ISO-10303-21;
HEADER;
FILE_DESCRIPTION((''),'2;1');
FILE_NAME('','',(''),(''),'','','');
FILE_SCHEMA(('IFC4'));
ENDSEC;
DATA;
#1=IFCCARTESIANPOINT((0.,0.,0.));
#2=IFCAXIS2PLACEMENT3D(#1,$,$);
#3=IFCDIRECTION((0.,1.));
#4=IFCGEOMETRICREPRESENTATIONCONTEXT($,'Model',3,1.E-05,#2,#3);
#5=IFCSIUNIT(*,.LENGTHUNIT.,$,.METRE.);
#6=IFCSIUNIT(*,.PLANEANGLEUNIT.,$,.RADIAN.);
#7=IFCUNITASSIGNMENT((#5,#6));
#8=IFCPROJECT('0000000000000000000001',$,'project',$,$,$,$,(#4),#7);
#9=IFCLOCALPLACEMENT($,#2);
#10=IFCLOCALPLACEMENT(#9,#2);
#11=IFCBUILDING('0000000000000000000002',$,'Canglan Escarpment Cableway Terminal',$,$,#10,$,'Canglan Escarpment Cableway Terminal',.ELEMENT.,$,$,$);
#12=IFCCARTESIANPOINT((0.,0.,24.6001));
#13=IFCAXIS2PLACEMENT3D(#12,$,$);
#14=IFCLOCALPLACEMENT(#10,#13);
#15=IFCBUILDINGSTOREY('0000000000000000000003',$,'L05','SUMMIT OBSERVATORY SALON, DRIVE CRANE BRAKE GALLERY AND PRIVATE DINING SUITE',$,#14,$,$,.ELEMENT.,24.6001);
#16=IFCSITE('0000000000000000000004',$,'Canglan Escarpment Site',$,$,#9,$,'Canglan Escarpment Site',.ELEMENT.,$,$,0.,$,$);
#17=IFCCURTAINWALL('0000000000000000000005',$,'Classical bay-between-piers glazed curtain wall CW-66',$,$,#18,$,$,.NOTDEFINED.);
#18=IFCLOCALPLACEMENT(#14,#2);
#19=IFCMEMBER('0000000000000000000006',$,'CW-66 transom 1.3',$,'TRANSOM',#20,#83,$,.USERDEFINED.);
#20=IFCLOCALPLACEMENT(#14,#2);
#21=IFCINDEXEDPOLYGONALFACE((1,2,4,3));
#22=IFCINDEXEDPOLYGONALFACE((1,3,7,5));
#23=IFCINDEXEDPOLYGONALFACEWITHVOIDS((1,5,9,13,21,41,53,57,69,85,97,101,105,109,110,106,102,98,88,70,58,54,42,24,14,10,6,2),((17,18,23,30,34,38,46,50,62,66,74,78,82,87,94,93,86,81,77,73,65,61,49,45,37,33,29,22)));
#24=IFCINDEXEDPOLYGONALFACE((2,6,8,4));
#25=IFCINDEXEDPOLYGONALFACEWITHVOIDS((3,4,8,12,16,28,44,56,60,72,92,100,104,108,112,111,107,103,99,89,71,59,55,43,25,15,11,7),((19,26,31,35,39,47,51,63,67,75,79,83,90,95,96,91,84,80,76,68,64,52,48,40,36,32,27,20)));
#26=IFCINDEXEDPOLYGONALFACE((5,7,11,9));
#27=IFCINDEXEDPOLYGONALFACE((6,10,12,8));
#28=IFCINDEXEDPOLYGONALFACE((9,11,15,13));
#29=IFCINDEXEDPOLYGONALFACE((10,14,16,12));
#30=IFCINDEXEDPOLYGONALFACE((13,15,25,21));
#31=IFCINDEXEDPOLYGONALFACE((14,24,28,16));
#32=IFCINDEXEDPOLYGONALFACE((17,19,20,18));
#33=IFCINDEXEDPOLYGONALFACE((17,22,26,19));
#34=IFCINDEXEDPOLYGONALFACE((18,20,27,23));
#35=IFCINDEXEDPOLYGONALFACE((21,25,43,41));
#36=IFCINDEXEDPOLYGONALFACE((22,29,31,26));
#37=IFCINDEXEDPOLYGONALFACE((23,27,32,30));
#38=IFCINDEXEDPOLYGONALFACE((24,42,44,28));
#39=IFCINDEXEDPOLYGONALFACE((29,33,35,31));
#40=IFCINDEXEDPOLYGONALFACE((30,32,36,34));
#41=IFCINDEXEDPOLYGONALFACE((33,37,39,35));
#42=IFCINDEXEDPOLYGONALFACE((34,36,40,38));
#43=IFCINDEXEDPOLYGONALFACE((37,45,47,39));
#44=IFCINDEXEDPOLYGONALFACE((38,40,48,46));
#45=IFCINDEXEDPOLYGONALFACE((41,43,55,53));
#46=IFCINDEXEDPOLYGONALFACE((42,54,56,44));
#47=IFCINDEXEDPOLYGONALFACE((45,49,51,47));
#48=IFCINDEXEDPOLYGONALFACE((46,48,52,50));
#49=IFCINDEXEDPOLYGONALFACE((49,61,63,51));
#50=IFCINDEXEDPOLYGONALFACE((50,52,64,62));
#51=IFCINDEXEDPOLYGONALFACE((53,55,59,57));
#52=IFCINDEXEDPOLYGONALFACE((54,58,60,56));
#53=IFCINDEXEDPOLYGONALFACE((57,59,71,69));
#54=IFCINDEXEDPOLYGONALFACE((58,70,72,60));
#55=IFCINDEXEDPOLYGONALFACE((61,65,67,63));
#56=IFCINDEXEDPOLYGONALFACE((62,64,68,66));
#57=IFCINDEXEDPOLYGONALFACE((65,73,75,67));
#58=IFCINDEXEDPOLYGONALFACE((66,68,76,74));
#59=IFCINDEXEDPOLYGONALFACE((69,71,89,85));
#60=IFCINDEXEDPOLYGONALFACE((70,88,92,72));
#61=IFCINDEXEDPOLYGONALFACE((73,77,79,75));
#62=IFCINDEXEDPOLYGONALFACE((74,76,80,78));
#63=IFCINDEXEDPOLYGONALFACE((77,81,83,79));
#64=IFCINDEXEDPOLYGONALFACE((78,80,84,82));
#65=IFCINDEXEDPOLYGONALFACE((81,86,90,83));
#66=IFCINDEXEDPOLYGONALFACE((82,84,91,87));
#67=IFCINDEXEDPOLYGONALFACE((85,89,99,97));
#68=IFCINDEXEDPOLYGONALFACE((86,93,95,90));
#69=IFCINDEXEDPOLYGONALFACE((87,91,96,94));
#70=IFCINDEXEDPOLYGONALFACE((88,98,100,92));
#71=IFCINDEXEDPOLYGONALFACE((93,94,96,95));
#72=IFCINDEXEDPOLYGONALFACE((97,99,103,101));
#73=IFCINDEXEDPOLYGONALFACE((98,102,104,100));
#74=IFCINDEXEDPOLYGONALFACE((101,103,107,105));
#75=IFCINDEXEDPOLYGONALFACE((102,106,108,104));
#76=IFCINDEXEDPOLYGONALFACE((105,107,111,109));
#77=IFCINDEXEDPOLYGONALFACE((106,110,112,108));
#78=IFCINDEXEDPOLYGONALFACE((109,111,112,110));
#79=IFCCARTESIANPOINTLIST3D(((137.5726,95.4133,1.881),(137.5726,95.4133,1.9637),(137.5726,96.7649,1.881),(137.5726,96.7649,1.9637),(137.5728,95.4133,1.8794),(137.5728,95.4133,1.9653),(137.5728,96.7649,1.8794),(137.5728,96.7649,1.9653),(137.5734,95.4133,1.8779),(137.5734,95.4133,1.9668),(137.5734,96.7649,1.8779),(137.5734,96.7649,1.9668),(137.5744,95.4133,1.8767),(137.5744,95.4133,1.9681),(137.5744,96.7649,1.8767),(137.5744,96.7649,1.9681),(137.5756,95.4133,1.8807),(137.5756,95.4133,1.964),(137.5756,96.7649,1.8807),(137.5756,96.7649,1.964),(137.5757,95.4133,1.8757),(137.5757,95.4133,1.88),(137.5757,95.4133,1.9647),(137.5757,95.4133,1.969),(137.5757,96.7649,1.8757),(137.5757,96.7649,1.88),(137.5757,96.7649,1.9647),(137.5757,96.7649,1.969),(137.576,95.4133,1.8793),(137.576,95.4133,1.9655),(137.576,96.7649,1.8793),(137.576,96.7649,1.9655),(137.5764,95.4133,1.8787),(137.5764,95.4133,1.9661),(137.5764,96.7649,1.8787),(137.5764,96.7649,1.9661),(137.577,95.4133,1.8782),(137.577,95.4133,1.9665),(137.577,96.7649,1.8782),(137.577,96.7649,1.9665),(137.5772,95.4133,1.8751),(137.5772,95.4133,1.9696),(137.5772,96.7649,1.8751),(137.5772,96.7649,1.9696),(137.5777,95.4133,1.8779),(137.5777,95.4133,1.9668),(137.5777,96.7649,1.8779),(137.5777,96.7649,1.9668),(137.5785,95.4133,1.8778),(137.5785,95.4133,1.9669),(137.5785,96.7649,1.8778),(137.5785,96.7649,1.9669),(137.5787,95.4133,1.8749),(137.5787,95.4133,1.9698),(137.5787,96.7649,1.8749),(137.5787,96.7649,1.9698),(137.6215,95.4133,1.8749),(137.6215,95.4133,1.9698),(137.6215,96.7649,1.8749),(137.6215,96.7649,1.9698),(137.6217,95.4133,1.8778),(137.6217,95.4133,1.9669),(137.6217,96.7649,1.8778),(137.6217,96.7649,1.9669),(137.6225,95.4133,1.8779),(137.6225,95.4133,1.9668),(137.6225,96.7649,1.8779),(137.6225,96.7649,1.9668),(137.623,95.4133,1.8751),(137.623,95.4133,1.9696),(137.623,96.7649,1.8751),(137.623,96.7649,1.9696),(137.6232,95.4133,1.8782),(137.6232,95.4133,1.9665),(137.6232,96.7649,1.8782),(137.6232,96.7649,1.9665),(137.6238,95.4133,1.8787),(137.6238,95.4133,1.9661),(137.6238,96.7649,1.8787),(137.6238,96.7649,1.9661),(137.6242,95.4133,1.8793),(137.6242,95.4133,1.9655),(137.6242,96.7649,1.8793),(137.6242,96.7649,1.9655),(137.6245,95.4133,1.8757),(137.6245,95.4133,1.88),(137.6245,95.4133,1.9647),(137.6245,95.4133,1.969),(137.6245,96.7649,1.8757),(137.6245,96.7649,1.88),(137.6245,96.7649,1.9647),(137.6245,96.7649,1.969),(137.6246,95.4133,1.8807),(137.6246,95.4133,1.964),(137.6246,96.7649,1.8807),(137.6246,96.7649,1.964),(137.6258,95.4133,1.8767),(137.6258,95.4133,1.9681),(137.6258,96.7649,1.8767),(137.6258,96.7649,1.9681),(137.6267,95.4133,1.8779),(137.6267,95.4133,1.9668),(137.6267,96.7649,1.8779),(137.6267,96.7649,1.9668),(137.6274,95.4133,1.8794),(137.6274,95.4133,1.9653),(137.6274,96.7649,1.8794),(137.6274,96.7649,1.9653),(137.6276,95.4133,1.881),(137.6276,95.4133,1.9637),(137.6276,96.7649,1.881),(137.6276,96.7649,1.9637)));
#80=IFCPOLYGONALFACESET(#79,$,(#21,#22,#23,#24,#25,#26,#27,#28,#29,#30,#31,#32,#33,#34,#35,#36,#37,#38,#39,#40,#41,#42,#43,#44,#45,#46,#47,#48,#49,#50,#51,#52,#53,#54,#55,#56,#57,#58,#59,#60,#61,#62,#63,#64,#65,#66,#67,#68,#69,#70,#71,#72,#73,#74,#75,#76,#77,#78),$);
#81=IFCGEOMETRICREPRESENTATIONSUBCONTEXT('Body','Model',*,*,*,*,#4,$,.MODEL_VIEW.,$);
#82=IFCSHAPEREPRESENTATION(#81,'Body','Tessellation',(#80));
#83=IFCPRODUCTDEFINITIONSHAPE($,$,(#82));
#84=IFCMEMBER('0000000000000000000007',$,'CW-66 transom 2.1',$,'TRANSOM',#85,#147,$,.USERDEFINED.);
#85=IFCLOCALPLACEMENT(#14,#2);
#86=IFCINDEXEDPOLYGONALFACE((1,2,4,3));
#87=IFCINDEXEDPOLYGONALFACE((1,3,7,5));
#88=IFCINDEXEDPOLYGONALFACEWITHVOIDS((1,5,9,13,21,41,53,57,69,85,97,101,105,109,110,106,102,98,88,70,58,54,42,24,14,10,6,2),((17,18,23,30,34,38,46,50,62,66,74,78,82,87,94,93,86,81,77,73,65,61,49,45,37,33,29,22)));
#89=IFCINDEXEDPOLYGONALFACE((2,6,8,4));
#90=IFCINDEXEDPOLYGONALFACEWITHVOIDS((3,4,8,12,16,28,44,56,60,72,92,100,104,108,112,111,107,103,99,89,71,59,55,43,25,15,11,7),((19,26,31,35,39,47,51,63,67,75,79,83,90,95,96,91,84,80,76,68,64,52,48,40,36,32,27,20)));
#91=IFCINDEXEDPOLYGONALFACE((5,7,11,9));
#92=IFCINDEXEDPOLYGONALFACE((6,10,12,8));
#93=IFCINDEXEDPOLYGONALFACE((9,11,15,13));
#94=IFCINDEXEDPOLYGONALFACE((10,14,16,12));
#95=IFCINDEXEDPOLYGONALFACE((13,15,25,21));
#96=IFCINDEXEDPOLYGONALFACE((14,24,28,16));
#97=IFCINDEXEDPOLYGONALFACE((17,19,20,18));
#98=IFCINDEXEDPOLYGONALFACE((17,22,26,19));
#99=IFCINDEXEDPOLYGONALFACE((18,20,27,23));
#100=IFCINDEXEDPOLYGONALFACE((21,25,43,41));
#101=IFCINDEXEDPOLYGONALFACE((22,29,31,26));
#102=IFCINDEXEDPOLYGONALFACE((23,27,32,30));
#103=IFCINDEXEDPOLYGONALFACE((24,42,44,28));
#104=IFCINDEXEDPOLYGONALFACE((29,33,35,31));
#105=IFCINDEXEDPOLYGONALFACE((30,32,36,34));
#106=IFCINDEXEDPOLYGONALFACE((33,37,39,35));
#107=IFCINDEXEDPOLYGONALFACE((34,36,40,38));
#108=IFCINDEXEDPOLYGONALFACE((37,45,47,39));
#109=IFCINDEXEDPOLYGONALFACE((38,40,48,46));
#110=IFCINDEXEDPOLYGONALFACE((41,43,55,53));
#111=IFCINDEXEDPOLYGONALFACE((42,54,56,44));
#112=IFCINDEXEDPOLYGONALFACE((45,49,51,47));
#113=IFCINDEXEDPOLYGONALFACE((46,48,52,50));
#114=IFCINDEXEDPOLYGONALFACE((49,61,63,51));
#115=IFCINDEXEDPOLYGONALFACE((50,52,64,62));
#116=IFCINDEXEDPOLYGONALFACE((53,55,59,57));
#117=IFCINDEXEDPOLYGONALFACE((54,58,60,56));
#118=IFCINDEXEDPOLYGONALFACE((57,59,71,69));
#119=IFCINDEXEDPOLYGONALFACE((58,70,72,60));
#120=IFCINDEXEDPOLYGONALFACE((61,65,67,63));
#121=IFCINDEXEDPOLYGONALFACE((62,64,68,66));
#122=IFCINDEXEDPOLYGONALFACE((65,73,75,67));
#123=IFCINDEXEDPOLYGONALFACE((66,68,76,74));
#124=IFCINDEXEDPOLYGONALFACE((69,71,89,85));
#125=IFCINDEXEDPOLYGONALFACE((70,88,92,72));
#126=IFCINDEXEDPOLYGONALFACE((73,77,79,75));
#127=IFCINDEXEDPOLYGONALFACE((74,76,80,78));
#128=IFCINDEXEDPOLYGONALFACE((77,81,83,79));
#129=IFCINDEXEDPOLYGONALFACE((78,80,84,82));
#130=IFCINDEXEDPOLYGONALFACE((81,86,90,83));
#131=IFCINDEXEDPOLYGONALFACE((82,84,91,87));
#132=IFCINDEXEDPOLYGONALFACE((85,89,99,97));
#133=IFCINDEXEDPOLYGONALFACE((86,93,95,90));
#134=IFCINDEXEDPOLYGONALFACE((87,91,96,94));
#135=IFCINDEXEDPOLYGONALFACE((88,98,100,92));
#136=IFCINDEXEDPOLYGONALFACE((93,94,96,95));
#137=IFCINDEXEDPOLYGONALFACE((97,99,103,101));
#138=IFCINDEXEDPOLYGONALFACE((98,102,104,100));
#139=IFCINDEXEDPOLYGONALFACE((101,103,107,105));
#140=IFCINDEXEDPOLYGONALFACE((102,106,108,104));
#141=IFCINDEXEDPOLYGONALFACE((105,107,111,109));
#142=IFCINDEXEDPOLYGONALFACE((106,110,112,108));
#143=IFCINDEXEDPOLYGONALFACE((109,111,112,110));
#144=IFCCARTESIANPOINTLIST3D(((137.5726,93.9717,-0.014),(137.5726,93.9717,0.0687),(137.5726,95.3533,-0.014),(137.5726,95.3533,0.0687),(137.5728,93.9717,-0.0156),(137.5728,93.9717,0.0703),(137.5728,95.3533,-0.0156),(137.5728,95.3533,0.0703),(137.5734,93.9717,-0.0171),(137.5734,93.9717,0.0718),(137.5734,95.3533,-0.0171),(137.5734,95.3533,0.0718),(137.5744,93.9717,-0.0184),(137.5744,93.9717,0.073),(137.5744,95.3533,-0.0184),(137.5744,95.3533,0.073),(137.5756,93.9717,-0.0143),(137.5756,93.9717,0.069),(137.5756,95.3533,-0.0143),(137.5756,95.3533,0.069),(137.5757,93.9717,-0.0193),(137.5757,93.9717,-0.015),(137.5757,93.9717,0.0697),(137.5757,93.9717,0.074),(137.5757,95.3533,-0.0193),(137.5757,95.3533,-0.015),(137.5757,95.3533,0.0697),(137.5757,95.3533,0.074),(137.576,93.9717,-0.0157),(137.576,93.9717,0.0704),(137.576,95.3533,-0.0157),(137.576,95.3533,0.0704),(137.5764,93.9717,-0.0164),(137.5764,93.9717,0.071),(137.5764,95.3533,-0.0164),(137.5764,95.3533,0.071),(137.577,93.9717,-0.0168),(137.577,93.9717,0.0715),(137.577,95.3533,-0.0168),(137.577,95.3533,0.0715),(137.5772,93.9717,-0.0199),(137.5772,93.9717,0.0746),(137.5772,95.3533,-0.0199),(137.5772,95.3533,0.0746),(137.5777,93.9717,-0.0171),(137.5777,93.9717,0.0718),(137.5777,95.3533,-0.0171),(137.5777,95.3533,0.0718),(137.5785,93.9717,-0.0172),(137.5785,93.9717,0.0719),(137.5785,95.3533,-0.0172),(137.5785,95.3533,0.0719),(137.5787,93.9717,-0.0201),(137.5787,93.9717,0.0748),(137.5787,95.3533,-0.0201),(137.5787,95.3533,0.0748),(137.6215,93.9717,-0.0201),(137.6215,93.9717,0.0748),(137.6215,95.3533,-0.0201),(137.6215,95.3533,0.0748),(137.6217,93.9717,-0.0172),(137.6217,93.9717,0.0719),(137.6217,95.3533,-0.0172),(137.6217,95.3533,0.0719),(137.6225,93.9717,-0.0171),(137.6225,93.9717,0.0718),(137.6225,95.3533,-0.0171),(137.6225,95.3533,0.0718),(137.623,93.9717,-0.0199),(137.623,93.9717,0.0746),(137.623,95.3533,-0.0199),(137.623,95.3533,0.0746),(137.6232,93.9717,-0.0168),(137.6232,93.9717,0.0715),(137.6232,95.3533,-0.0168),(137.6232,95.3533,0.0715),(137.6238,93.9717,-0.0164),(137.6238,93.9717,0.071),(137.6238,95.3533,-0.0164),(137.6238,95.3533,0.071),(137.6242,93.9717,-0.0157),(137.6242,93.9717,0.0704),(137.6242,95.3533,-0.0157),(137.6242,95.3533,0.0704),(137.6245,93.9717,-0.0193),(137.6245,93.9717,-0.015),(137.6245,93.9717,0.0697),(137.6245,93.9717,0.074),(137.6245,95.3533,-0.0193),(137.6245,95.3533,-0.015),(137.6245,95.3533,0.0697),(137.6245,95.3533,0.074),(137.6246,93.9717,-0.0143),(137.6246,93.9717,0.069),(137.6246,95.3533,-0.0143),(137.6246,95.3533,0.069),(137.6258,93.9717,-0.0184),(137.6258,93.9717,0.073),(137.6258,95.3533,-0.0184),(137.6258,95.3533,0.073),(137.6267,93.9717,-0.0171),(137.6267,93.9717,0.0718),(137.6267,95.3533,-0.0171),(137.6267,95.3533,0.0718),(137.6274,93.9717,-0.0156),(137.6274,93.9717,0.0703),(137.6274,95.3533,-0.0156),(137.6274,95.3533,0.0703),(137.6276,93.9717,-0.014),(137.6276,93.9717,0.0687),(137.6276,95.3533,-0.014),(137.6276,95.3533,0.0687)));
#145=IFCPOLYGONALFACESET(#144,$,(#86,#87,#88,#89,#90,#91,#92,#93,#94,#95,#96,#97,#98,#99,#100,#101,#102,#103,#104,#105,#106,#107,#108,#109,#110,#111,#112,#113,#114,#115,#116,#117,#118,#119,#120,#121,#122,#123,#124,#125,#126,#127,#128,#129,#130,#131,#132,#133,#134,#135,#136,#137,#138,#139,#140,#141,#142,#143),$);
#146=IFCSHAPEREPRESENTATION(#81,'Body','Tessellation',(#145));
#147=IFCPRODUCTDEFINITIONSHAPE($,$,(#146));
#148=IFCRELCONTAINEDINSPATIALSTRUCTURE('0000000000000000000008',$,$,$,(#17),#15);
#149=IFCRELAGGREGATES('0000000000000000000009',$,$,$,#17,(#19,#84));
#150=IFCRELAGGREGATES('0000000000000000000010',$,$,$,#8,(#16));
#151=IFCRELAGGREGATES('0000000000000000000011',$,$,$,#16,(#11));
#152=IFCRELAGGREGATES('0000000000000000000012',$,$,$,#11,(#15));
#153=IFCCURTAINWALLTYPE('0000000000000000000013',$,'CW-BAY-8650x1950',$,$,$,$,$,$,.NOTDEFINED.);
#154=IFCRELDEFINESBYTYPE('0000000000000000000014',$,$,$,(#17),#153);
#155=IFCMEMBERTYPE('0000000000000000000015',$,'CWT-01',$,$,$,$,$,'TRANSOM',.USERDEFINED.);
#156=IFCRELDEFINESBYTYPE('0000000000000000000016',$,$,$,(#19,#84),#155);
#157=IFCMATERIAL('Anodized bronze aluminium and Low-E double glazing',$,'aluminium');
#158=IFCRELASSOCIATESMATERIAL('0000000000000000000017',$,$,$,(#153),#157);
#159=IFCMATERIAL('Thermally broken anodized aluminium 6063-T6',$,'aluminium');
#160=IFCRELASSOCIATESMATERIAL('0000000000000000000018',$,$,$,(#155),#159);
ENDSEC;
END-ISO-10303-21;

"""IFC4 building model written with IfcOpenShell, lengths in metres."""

from ifc_helpers import new_model, si_unit, direction, frame, origin, origin_2d, place, context, subcontext, project, spatial, hollow_rectangle, extrude, material, material_profile, profile_set, type_object, element, aggregate, save


model = new_model("IFC4")

# Units and contexts
model_context = context("Model", 3, precision=1e-05, world=origin(), true_north=direction((0.0, 1.0)))
body_context = subcontext(model_context, "Body", "Model", "MODEL_VIEW")
ifc_project = project(units=[si_unit("LENGTHUNIT", "METRE"), si_unit("PLANEANGLEUNIT", "RADIAN")], contexts=[model_context])

# Site, building, storey
site_placement = place(None, origin())
site = spatial("IfcSite", under=ifc_project, at=site_placement, Name="Canglan Escarpment Site", LongName="Canglan Escarpment Site", CompositionType="ELEMENT", RefElevation=0.0)
building_placement = place(site_placement, origin())
building = spatial("IfcBuilding", under=site, at=building_placement, Name="Canglan Escarpment Cableway Terminal", LongName="Canglan Escarpment Cableway Terminal", CompositionType="ELEMENT")
storey_placement = place(building_placement, frame((0.0, 0.0, 24.6001)))
storey = spatial("IfcBuildingStorey", under=building, at=storey_placement, Name="L05", Description="SUMMIT OBSERVATORY SALON, DRIVE CRANE BRAKE GALLERY AND PRIVATE DINING SUITE", CompositionType="ELEMENT", Elevation=24.6001)

# Curtain wall, members
ifc_material_1 = material(Name="Anodized bronze aluminium and Low-E double glazing", Category="aluminium")
curtain_wall_type = type_object("IfcCurtainWallType", Name="CW-BAY-8650x1950", PredefinedType="NOTDEFINED", material=ifc_material_1)
curtain_wall_placement = place(storey_placement, origin())
curtain_wall = element("IfcCurtainWall", 1, at=curtain_wall_placement, inside=storey, type_object=curtain_wall_type, Name="Classical bay-between-piers glazed curtain wall CW-66", PredefinedType="NOTDEFINED")
ifc_material_2 = material(Name="Thermally broken anodized aluminium 6063-T6", Category="aluminium")
ifc_material_profile_1 = material_profile(ifc_material_2, hollow_rectangle(XDim=0.0549, YDim=0.095, WallThickness=0.0029, InnerFilletRadius=0.0029, OuterFilletRadius=0.0061, at=origin_2d()), Name="ALU-TRAN 55x95x3")
ifc_profile_set_1 = profile_set([ifc_material_profile_1], Name="Thermally broken anodized aluminium 6063-T6")
member_type_1 = type_object("IfcMemberType", Name="CWT-01", ElementType="TRANSOM", PredefinedType="USERDEFINED", material=ifc_profile_set_1)
member_1_placement = place(storey_placement, frame((137.6001, 96.7649, 1.9224), z_axis=(0.0, -1.0, 0.0), x_axis=(1.0, 0.0, 0.0)))
member_1 = element("IfcMember", 2, at=member_1_placement, type_object=member_type_1, Name="CW-66 transom 1.3", ObjectType="TRANSOM", PredefinedType="USERDEFINED", context=body_context, shape_type="SweptSolid", body=[
    extrude(hollow_rectangle(XDim=0.0549, YDim=0.095, WallThickness=0.0029, InnerFilletRadius=0.0029, OuterFilletRadius=0.0061, at=origin_2d()), origin(), (0.0, 0.0, 1.0), 1.3516),
])
member_2_placement = place(storey_placement, frame((137.6001, 95.3533, 0.0273), z_axis=(0.0, -1.0, 0.0), x_axis=(1.0, 0.0, 0.0)))
member_2 = element("IfcMember", 3, at=member_2_placement, type_object=member_type_1, Name="CW-66 transom 2.1", ObjectType="TRANSOM", PredefinedType="USERDEFINED", context=body_context, shape_type="SweptSolid", body=[
    extrude(hollow_rectangle(XDim=0.0549, YDim=0.095, WallThickness=0.0029, InnerFilletRadius=0.0029, OuterFilletRadius=0.0061, at=origin_2d()), origin(), (0.0, 0.0, 1.0), 1.3816),
])

aggregate(curtain_wall, [member_1, member_2])

save(model, "model.ifc")
